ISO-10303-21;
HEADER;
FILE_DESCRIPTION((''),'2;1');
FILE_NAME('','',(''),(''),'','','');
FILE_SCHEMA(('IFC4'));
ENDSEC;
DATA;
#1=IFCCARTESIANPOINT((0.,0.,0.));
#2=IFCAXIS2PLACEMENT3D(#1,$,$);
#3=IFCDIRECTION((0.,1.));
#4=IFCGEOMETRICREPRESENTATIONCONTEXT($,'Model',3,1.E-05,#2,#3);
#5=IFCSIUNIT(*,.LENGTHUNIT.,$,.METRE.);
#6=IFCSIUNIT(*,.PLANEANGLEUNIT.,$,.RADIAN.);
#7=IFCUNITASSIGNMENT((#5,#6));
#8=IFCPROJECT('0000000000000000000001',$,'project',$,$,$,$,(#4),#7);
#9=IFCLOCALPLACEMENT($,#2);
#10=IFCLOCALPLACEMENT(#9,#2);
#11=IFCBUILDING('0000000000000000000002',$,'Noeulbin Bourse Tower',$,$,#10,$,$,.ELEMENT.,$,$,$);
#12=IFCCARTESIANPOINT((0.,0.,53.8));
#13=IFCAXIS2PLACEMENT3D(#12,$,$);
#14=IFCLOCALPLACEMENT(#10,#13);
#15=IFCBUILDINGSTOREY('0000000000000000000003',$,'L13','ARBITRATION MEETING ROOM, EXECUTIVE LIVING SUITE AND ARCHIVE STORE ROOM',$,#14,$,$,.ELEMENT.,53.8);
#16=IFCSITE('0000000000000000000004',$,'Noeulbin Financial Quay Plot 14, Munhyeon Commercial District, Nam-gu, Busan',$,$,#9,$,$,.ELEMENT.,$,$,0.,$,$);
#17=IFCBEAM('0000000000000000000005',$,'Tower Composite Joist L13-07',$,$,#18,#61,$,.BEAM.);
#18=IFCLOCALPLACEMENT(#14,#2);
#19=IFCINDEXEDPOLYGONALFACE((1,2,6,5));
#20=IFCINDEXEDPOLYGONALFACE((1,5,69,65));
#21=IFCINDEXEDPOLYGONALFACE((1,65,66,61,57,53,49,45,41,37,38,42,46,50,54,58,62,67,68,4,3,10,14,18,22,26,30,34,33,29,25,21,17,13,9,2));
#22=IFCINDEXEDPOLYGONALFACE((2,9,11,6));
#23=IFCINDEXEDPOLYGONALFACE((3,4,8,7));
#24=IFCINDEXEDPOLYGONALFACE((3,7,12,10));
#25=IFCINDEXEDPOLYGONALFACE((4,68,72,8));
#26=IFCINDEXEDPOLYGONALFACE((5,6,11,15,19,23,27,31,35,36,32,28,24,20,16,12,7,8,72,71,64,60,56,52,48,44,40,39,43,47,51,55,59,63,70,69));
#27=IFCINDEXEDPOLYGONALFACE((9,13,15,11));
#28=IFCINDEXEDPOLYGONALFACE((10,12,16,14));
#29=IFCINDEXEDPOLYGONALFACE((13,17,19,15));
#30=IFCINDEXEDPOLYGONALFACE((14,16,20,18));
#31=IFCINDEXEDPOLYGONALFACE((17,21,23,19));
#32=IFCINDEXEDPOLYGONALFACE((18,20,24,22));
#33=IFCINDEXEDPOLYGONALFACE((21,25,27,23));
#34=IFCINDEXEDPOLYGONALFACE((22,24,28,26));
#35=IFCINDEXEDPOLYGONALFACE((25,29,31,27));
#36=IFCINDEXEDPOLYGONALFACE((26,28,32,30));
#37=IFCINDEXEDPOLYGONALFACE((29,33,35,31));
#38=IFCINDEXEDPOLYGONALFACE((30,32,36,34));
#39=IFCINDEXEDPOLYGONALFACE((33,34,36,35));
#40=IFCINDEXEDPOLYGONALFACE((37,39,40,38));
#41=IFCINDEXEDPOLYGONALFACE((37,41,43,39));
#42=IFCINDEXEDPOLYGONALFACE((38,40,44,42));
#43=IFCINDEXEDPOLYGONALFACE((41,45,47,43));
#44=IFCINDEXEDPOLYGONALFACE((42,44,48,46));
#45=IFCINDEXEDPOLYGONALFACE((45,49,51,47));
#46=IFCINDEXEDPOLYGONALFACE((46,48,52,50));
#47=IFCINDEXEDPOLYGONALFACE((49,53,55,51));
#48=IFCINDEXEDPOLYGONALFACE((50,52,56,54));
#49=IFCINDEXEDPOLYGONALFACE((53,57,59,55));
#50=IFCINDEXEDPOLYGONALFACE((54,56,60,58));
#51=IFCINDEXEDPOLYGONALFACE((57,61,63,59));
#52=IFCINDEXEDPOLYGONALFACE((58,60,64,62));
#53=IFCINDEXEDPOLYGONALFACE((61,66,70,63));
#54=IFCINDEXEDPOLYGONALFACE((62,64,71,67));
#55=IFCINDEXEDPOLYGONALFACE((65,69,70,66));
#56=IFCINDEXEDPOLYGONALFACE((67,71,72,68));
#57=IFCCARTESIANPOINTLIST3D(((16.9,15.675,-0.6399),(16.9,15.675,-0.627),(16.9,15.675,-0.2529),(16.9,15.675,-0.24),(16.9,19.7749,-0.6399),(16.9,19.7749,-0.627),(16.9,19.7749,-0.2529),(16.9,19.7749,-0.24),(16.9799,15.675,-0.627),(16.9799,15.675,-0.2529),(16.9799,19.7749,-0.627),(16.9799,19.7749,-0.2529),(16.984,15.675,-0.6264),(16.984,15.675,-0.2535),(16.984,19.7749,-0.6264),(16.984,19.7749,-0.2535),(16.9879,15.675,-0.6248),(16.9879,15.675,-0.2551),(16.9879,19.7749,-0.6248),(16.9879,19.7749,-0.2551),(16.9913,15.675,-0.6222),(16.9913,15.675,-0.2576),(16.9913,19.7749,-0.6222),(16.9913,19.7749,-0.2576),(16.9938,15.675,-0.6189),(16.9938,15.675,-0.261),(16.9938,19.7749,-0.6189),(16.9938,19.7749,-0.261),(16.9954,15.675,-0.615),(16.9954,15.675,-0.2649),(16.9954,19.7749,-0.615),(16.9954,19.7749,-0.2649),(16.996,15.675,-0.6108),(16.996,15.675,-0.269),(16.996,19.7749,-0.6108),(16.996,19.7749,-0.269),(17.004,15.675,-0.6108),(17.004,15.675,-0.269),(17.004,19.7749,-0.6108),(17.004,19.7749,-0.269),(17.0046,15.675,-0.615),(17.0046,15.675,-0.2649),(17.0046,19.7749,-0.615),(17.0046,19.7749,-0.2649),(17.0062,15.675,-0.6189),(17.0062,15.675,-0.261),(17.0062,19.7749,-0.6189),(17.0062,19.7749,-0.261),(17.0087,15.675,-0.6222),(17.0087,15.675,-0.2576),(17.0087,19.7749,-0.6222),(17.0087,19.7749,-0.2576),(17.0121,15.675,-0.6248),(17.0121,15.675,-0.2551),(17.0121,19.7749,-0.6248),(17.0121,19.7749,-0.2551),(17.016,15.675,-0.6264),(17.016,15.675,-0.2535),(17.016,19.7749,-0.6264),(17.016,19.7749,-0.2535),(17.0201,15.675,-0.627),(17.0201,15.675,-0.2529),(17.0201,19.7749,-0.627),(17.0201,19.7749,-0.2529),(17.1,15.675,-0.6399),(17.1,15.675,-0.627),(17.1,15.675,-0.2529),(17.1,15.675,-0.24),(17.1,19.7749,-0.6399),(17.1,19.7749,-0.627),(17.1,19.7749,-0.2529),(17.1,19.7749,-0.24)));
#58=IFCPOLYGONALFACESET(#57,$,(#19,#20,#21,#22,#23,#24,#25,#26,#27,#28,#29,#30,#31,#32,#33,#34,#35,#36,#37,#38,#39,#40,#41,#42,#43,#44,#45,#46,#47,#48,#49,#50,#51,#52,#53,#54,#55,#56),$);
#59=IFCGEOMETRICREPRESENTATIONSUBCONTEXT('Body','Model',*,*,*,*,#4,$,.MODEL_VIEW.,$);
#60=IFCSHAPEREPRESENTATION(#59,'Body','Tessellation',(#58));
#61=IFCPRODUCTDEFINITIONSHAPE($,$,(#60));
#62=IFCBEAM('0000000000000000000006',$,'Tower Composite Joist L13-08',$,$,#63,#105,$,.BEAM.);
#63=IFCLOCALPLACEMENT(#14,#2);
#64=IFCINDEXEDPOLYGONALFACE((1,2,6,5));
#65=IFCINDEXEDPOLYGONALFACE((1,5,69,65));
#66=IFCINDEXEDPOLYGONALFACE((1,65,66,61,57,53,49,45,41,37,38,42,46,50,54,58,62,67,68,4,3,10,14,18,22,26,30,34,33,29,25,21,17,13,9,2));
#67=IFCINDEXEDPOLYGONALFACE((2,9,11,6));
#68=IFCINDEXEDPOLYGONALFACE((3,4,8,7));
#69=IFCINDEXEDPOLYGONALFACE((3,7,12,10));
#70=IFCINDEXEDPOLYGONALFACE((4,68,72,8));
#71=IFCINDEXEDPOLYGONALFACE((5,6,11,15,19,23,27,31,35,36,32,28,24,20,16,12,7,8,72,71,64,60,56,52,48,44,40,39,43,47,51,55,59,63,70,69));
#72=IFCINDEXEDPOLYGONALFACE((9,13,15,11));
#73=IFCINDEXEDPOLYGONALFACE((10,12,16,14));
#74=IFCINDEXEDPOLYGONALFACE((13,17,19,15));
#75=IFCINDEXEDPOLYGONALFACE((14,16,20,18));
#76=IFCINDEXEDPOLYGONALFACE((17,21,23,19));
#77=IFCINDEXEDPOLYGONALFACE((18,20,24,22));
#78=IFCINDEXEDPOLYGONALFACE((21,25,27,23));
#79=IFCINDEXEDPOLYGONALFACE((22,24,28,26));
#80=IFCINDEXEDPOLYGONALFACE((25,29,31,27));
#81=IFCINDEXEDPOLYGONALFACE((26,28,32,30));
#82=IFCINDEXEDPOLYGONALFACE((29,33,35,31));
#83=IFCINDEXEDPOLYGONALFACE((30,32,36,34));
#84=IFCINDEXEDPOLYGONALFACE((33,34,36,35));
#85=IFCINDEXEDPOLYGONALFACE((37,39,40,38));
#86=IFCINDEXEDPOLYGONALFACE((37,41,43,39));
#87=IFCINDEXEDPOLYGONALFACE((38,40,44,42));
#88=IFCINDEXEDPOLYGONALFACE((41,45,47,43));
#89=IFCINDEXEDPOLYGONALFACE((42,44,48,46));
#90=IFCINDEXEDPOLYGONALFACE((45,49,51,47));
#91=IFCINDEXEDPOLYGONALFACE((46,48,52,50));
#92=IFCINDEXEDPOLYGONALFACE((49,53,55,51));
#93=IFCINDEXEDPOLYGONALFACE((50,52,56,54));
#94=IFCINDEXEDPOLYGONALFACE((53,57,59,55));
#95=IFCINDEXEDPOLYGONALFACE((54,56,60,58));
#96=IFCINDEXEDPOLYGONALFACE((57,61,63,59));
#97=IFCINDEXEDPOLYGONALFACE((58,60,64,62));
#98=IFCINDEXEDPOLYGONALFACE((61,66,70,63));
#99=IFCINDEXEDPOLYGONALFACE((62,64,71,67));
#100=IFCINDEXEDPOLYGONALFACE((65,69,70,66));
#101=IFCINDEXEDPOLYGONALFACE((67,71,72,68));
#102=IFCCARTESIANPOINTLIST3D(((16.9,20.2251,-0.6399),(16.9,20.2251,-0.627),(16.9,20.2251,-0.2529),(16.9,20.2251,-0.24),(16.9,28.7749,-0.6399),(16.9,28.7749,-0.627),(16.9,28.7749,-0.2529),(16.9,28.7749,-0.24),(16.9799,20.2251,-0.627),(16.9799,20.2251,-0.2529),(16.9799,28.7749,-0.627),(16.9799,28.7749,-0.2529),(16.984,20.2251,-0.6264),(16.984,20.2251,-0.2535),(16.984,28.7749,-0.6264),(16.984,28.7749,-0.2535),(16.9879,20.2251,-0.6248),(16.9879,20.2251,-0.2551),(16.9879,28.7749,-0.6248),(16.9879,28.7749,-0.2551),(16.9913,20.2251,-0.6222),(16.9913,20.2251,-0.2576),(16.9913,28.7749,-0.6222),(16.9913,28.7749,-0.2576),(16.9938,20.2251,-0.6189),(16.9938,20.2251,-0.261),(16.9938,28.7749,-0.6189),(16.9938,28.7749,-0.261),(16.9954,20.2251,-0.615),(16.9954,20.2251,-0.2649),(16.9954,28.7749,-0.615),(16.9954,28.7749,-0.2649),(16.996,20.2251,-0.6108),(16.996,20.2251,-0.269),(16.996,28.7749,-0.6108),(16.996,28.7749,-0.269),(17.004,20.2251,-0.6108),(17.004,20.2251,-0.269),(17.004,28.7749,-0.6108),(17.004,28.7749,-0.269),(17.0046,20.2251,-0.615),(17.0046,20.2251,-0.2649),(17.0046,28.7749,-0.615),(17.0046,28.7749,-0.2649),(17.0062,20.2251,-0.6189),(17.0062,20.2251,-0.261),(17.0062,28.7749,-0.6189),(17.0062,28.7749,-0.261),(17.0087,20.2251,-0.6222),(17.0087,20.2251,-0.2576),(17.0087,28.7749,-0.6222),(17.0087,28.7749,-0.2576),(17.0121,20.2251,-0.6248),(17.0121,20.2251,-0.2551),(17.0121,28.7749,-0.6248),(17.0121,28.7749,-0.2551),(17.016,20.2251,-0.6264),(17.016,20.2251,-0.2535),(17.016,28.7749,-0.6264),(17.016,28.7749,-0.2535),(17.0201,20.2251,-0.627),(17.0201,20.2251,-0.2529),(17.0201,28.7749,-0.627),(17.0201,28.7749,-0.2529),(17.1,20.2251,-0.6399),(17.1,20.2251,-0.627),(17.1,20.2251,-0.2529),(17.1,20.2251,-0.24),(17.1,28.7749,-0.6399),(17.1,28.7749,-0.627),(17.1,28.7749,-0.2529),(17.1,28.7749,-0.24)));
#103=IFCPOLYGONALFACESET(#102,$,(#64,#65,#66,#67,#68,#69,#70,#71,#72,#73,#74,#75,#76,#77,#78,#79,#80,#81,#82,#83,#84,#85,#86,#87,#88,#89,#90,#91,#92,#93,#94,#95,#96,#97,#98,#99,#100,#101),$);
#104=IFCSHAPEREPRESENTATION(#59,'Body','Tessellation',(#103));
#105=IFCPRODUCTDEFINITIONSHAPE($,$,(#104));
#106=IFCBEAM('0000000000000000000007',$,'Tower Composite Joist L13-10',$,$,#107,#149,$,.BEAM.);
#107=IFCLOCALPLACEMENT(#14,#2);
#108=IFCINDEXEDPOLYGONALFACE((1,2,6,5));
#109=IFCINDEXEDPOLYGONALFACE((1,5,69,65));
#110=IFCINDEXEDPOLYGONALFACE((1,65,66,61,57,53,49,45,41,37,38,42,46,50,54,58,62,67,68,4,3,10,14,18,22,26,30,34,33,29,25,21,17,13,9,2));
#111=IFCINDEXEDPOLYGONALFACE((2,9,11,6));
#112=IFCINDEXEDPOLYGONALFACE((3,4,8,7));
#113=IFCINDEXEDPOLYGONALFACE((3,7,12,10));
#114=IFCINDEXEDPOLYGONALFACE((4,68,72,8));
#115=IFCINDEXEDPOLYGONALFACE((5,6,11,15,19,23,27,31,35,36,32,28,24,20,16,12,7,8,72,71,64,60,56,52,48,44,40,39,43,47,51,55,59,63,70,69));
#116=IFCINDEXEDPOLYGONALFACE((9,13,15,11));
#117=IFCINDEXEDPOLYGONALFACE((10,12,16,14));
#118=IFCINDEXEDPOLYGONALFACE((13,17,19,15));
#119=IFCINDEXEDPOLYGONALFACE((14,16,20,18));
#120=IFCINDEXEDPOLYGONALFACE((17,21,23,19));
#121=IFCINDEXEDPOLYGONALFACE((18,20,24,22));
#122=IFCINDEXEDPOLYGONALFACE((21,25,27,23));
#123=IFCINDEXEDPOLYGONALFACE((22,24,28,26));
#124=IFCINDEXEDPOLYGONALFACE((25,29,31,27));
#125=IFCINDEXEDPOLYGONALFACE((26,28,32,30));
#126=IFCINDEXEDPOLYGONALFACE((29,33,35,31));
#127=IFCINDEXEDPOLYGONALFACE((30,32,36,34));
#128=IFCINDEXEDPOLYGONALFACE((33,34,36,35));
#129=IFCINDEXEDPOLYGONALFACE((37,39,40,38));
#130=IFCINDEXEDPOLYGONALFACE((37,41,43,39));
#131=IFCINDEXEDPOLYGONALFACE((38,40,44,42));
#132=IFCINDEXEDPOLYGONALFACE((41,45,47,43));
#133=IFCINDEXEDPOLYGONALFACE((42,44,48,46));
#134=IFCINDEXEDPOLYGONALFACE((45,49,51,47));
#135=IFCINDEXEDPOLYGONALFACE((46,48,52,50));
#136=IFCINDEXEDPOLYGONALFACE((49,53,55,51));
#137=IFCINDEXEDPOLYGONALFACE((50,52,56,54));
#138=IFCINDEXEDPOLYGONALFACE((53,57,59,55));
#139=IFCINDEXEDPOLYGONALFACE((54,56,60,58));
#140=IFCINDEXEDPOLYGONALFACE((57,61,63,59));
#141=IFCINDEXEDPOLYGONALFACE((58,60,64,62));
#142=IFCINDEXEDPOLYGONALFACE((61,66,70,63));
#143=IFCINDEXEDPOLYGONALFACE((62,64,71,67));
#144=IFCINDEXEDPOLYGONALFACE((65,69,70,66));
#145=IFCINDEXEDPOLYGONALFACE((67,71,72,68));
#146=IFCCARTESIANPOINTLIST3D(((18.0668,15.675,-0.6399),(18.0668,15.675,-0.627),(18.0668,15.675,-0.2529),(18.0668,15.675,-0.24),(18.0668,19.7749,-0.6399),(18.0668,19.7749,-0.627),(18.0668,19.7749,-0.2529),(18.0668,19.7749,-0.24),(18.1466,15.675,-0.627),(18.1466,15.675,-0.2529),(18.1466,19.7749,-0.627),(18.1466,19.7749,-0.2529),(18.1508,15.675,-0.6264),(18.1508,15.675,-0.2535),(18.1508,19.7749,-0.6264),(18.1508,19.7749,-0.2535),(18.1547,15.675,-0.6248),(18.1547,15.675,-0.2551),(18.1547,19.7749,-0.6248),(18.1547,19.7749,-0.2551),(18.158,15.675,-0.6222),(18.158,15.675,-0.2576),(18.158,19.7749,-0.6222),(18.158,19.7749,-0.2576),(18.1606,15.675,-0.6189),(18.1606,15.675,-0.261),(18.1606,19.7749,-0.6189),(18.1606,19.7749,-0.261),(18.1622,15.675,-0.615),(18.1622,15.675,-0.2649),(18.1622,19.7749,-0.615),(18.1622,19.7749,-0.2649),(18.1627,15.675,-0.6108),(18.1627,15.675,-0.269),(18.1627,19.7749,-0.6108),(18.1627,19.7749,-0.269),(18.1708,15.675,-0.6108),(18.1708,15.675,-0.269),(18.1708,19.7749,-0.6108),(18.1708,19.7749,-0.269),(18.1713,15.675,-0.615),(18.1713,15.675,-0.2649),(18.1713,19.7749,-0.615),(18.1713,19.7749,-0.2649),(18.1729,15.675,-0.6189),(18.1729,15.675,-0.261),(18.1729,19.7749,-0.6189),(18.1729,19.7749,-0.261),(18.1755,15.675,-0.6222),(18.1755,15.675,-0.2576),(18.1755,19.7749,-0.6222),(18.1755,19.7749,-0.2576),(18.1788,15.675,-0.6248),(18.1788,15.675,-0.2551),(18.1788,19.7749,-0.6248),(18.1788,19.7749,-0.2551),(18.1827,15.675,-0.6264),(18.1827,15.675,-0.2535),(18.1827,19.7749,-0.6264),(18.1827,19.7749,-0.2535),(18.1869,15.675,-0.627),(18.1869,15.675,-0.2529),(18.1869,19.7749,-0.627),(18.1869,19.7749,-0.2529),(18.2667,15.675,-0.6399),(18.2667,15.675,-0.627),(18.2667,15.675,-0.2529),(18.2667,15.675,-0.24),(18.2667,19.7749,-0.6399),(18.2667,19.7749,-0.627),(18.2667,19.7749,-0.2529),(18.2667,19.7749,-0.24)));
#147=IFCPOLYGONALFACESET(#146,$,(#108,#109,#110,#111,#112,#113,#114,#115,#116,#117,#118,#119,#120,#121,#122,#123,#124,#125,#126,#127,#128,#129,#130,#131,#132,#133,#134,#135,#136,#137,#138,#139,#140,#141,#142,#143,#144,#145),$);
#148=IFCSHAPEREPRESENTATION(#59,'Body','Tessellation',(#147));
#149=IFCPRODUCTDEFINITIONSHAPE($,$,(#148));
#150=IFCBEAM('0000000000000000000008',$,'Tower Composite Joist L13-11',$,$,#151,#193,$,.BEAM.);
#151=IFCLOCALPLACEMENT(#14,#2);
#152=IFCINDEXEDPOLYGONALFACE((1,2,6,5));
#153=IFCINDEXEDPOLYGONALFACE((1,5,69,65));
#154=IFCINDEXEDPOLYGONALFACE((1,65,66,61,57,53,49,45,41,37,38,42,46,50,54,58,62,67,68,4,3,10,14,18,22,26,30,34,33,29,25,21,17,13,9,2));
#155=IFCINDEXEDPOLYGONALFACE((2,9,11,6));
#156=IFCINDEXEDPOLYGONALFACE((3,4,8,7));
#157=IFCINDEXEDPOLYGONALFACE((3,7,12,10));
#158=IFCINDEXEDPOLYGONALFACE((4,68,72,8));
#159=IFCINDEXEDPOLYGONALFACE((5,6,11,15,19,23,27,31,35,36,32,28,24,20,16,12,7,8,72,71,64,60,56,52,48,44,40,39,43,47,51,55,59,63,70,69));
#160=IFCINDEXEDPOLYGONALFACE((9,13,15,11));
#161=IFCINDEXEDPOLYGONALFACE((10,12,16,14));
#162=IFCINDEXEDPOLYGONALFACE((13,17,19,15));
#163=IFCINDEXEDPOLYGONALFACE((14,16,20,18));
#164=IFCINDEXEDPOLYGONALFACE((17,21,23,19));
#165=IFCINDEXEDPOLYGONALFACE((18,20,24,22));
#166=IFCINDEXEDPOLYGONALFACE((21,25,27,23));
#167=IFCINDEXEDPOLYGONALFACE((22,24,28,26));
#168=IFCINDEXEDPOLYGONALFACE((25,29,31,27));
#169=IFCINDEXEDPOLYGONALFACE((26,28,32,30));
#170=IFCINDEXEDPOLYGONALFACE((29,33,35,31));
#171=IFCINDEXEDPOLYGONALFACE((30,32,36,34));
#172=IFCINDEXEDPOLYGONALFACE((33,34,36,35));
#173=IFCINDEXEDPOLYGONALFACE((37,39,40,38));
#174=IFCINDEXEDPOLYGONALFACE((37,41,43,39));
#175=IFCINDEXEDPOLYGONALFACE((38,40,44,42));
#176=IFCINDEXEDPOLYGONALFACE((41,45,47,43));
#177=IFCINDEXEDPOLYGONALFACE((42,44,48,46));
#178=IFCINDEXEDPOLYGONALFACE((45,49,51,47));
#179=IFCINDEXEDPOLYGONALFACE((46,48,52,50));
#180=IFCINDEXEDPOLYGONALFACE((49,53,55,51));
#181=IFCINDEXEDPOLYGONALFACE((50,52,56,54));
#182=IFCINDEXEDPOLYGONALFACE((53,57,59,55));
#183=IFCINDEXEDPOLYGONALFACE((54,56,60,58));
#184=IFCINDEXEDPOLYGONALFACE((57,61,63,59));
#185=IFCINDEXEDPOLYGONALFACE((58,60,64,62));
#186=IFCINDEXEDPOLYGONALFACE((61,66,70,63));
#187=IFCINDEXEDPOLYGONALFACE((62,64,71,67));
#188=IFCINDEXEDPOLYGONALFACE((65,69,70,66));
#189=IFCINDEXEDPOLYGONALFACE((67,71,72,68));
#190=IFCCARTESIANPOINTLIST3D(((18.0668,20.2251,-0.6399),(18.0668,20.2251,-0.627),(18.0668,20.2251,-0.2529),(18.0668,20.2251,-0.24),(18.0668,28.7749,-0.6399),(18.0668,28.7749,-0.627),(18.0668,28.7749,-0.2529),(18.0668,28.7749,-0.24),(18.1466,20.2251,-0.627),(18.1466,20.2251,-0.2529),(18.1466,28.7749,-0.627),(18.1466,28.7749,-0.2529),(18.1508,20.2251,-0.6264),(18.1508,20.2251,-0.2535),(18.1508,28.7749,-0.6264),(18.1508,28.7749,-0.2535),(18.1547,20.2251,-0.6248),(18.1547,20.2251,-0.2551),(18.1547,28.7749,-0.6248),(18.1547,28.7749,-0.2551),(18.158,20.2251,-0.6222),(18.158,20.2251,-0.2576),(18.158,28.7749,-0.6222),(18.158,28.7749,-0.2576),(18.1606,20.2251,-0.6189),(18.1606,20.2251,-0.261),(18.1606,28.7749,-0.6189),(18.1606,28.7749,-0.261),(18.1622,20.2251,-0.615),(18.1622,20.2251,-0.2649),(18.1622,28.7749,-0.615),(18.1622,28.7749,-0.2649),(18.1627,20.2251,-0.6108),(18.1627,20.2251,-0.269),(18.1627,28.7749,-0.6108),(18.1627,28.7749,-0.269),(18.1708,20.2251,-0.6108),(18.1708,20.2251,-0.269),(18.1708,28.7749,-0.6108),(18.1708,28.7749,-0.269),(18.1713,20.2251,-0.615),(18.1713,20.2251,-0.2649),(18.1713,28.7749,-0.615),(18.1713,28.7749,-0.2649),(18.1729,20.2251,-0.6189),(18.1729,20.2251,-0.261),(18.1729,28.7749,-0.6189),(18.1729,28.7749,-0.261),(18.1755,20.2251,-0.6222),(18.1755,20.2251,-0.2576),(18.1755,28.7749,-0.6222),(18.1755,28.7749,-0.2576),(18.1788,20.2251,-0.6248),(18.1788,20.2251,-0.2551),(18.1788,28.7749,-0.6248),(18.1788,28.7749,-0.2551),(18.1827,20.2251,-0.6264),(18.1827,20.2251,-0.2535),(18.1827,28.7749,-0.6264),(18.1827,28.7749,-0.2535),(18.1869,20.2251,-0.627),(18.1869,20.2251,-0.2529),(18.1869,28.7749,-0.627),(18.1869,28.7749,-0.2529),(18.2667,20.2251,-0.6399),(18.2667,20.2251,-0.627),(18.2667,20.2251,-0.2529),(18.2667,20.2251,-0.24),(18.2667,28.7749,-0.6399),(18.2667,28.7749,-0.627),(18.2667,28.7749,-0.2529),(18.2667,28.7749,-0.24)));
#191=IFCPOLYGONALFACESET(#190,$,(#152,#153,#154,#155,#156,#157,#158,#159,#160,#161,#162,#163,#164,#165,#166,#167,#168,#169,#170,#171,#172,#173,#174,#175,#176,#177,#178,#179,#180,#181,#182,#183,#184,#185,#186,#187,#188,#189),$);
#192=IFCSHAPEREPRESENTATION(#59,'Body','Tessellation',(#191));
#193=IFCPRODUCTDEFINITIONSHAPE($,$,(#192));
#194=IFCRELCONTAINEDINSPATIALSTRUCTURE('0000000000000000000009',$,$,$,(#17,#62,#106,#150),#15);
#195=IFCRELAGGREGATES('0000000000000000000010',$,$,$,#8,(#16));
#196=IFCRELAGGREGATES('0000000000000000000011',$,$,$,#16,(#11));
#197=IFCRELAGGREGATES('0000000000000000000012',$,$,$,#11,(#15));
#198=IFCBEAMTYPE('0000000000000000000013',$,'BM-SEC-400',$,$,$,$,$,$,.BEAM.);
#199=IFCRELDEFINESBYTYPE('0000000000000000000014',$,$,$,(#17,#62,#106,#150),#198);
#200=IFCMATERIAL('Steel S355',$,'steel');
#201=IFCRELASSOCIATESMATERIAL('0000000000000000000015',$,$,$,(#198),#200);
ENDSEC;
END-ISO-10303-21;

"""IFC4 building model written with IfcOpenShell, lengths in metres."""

from ifc_helpers import new_model, si_unit, direction, frame, origin, origin_2d, place, context, subcontext, project, spatial, i_section, extrude, material, material_profile, profile_set, type_object, element, save


model = new_model("IFC4")

# Units and contexts
model_context = context("Model", 3, precision=1e-05, world=origin(), true_north=direction((0.0, 1.0)))
body_context = subcontext(model_context, "Body", "Model", "MODEL_VIEW")
ifc_project = project(units=[si_unit("LENGTHUNIT", "METRE"), si_unit("PLANEANGLEUNIT", "RADIAN")], contexts=[model_context])

# Site, building, storey
site_placement = place(None, origin())
site = spatial("IfcSite", under=ifc_project, at=site_placement, Name="Noeulbin Financial Quay Plot 14, Munhyeon Commercial District, Nam-gu, Busan", CompositionType="ELEMENT", RefElevation=0.0)
building_placement = place(site_placement, origin())
building = spatial("IfcBuilding", under=site, at=building_placement, Name="Noeulbin Bourse Tower", CompositionType="ELEMENT")
storey_placement = place(building_placement, frame((0.0, 0.0, 53.8)))
storey = spatial("IfcBuildingStorey", under=building, at=storey_placement, Name="L13", Description="ARBITRATION MEETING ROOM, EXECUTIVE LIVING SUITE AND ARCHIVE STORE ROOM", CompositionType="ELEMENT", Elevation=53.8)

# Beams
ifc_material_1 = material(Name="Steel S355", Category="steel")
ifc_material_profile_1 = material_profile(ifc_material_1, i_section(OverallWidth=0.2, OverallDepth=0.3999, WebThickness=0.0081, FlangeThickness=0.0129, FilletRadius=0.0161, at=origin_2d()), Name="H-400x200x8x13", Category="LoadBearing")
ifc_profile_set_1 = profile_set([ifc_material_profile_1], Name="Steel S355")
beam_type_1 = type_object("IfcBeamType", Name="BM-SEC-400", PredefinedType="BEAM", material=ifc_profile_set_1)
beam_1_placement = place(storey_placement, frame((17.0, 15.675, -0.4399), z_axis=(0.0, 1.0, 0.0), x_axis=(-1.0, 0.0, 0.0)))
element("IfcBeam", 1, at=beam_1_placement, inside=storey, type_object=beam_type_1, Name="Tower Composite Joist L13-07", PredefinedType="BEAM", context=body_context, shape_type="SweptSolid", body=[
    extrude(i_section(OverallWidth=0.2, OverallDepth=0.3999, WebThickness=0.0081, FlangeThickness=0.0129, FilletRadius=0.0161, at=origin_2d()), origin(), (0.0, 0.0, 1.0), 4.0999),
])
beam_2_placement = place(storey_placement, frame((17.0, 20.2251, -0.4399), z_axis=(0.0, 1.0, 0.0), x_axis=(-1.0, 0.0, 0.0)))
element("IfcBeam", 2, at=beam_2_placement, inside=storey, type_object=beam_type_1, Name="Tower Composite Joist L13-08", PredefinedType="BEAM", context=body_context, shape_type="SweptSolid", body=[
    extrude(i_section(OverallWidth=0.2, OverallDepth=0.3999, WebThickness=0.0081, FlangeThickness=0.0129, FilletRadius=0.0161, at=origin_2d()), origin(), (0.0, 0.0, 1.0), 8.5498),
])
beam_3_placement = place(storey_placement, frame((18.1667, 15.675, -0.4399), z_axis=(0.0, 1.0, 0.0), x_axis=(-1.0, 0.0, 0.0)))
element("IfcBeam", 3, at=beam_3_placement, inside=storey, type_object=beam_type_1, Name="Tower Composite Joist L13-10", PredefinedType="BEAM", context=body_context, shape_type="SweptSolid", body=[
    extrude(i_section(OverallWidth=0.2, OverallDepth=0.3999, WebThickness=0.0081, FlangeThickness=0.0129, FilletRadius=0.0161, at=origin_2d()), origin(), (0.0, 0.0, 1.0), 4.0999),
])
beam_4_placement = place(storey_placement, frame((18.1667, 20.2251, -0.4399), z_axis=(0.0, 1.0, 0.0), x_axis=(-1.0, 0.0, 0.0)))
element("IfcBeam", 4, at=beam_4_placement, inside=storey, type_object=beam_type_1, Name="Tower Composite Joist L13-11", PredefinedType="BEAM", context=body_context, shape_type="SweptSolid", body=[
    extrude(i_section(OverallWidth=0.2, OverallDepth=0.3999, WebThickness=0.0081, FlangeThickness=0.0129, FilletRadius=0.0161, at=origin_2d()), origin(), (0.0, 0.0, 1.0), 8.5498),
])

save(model, "model.ifc")
